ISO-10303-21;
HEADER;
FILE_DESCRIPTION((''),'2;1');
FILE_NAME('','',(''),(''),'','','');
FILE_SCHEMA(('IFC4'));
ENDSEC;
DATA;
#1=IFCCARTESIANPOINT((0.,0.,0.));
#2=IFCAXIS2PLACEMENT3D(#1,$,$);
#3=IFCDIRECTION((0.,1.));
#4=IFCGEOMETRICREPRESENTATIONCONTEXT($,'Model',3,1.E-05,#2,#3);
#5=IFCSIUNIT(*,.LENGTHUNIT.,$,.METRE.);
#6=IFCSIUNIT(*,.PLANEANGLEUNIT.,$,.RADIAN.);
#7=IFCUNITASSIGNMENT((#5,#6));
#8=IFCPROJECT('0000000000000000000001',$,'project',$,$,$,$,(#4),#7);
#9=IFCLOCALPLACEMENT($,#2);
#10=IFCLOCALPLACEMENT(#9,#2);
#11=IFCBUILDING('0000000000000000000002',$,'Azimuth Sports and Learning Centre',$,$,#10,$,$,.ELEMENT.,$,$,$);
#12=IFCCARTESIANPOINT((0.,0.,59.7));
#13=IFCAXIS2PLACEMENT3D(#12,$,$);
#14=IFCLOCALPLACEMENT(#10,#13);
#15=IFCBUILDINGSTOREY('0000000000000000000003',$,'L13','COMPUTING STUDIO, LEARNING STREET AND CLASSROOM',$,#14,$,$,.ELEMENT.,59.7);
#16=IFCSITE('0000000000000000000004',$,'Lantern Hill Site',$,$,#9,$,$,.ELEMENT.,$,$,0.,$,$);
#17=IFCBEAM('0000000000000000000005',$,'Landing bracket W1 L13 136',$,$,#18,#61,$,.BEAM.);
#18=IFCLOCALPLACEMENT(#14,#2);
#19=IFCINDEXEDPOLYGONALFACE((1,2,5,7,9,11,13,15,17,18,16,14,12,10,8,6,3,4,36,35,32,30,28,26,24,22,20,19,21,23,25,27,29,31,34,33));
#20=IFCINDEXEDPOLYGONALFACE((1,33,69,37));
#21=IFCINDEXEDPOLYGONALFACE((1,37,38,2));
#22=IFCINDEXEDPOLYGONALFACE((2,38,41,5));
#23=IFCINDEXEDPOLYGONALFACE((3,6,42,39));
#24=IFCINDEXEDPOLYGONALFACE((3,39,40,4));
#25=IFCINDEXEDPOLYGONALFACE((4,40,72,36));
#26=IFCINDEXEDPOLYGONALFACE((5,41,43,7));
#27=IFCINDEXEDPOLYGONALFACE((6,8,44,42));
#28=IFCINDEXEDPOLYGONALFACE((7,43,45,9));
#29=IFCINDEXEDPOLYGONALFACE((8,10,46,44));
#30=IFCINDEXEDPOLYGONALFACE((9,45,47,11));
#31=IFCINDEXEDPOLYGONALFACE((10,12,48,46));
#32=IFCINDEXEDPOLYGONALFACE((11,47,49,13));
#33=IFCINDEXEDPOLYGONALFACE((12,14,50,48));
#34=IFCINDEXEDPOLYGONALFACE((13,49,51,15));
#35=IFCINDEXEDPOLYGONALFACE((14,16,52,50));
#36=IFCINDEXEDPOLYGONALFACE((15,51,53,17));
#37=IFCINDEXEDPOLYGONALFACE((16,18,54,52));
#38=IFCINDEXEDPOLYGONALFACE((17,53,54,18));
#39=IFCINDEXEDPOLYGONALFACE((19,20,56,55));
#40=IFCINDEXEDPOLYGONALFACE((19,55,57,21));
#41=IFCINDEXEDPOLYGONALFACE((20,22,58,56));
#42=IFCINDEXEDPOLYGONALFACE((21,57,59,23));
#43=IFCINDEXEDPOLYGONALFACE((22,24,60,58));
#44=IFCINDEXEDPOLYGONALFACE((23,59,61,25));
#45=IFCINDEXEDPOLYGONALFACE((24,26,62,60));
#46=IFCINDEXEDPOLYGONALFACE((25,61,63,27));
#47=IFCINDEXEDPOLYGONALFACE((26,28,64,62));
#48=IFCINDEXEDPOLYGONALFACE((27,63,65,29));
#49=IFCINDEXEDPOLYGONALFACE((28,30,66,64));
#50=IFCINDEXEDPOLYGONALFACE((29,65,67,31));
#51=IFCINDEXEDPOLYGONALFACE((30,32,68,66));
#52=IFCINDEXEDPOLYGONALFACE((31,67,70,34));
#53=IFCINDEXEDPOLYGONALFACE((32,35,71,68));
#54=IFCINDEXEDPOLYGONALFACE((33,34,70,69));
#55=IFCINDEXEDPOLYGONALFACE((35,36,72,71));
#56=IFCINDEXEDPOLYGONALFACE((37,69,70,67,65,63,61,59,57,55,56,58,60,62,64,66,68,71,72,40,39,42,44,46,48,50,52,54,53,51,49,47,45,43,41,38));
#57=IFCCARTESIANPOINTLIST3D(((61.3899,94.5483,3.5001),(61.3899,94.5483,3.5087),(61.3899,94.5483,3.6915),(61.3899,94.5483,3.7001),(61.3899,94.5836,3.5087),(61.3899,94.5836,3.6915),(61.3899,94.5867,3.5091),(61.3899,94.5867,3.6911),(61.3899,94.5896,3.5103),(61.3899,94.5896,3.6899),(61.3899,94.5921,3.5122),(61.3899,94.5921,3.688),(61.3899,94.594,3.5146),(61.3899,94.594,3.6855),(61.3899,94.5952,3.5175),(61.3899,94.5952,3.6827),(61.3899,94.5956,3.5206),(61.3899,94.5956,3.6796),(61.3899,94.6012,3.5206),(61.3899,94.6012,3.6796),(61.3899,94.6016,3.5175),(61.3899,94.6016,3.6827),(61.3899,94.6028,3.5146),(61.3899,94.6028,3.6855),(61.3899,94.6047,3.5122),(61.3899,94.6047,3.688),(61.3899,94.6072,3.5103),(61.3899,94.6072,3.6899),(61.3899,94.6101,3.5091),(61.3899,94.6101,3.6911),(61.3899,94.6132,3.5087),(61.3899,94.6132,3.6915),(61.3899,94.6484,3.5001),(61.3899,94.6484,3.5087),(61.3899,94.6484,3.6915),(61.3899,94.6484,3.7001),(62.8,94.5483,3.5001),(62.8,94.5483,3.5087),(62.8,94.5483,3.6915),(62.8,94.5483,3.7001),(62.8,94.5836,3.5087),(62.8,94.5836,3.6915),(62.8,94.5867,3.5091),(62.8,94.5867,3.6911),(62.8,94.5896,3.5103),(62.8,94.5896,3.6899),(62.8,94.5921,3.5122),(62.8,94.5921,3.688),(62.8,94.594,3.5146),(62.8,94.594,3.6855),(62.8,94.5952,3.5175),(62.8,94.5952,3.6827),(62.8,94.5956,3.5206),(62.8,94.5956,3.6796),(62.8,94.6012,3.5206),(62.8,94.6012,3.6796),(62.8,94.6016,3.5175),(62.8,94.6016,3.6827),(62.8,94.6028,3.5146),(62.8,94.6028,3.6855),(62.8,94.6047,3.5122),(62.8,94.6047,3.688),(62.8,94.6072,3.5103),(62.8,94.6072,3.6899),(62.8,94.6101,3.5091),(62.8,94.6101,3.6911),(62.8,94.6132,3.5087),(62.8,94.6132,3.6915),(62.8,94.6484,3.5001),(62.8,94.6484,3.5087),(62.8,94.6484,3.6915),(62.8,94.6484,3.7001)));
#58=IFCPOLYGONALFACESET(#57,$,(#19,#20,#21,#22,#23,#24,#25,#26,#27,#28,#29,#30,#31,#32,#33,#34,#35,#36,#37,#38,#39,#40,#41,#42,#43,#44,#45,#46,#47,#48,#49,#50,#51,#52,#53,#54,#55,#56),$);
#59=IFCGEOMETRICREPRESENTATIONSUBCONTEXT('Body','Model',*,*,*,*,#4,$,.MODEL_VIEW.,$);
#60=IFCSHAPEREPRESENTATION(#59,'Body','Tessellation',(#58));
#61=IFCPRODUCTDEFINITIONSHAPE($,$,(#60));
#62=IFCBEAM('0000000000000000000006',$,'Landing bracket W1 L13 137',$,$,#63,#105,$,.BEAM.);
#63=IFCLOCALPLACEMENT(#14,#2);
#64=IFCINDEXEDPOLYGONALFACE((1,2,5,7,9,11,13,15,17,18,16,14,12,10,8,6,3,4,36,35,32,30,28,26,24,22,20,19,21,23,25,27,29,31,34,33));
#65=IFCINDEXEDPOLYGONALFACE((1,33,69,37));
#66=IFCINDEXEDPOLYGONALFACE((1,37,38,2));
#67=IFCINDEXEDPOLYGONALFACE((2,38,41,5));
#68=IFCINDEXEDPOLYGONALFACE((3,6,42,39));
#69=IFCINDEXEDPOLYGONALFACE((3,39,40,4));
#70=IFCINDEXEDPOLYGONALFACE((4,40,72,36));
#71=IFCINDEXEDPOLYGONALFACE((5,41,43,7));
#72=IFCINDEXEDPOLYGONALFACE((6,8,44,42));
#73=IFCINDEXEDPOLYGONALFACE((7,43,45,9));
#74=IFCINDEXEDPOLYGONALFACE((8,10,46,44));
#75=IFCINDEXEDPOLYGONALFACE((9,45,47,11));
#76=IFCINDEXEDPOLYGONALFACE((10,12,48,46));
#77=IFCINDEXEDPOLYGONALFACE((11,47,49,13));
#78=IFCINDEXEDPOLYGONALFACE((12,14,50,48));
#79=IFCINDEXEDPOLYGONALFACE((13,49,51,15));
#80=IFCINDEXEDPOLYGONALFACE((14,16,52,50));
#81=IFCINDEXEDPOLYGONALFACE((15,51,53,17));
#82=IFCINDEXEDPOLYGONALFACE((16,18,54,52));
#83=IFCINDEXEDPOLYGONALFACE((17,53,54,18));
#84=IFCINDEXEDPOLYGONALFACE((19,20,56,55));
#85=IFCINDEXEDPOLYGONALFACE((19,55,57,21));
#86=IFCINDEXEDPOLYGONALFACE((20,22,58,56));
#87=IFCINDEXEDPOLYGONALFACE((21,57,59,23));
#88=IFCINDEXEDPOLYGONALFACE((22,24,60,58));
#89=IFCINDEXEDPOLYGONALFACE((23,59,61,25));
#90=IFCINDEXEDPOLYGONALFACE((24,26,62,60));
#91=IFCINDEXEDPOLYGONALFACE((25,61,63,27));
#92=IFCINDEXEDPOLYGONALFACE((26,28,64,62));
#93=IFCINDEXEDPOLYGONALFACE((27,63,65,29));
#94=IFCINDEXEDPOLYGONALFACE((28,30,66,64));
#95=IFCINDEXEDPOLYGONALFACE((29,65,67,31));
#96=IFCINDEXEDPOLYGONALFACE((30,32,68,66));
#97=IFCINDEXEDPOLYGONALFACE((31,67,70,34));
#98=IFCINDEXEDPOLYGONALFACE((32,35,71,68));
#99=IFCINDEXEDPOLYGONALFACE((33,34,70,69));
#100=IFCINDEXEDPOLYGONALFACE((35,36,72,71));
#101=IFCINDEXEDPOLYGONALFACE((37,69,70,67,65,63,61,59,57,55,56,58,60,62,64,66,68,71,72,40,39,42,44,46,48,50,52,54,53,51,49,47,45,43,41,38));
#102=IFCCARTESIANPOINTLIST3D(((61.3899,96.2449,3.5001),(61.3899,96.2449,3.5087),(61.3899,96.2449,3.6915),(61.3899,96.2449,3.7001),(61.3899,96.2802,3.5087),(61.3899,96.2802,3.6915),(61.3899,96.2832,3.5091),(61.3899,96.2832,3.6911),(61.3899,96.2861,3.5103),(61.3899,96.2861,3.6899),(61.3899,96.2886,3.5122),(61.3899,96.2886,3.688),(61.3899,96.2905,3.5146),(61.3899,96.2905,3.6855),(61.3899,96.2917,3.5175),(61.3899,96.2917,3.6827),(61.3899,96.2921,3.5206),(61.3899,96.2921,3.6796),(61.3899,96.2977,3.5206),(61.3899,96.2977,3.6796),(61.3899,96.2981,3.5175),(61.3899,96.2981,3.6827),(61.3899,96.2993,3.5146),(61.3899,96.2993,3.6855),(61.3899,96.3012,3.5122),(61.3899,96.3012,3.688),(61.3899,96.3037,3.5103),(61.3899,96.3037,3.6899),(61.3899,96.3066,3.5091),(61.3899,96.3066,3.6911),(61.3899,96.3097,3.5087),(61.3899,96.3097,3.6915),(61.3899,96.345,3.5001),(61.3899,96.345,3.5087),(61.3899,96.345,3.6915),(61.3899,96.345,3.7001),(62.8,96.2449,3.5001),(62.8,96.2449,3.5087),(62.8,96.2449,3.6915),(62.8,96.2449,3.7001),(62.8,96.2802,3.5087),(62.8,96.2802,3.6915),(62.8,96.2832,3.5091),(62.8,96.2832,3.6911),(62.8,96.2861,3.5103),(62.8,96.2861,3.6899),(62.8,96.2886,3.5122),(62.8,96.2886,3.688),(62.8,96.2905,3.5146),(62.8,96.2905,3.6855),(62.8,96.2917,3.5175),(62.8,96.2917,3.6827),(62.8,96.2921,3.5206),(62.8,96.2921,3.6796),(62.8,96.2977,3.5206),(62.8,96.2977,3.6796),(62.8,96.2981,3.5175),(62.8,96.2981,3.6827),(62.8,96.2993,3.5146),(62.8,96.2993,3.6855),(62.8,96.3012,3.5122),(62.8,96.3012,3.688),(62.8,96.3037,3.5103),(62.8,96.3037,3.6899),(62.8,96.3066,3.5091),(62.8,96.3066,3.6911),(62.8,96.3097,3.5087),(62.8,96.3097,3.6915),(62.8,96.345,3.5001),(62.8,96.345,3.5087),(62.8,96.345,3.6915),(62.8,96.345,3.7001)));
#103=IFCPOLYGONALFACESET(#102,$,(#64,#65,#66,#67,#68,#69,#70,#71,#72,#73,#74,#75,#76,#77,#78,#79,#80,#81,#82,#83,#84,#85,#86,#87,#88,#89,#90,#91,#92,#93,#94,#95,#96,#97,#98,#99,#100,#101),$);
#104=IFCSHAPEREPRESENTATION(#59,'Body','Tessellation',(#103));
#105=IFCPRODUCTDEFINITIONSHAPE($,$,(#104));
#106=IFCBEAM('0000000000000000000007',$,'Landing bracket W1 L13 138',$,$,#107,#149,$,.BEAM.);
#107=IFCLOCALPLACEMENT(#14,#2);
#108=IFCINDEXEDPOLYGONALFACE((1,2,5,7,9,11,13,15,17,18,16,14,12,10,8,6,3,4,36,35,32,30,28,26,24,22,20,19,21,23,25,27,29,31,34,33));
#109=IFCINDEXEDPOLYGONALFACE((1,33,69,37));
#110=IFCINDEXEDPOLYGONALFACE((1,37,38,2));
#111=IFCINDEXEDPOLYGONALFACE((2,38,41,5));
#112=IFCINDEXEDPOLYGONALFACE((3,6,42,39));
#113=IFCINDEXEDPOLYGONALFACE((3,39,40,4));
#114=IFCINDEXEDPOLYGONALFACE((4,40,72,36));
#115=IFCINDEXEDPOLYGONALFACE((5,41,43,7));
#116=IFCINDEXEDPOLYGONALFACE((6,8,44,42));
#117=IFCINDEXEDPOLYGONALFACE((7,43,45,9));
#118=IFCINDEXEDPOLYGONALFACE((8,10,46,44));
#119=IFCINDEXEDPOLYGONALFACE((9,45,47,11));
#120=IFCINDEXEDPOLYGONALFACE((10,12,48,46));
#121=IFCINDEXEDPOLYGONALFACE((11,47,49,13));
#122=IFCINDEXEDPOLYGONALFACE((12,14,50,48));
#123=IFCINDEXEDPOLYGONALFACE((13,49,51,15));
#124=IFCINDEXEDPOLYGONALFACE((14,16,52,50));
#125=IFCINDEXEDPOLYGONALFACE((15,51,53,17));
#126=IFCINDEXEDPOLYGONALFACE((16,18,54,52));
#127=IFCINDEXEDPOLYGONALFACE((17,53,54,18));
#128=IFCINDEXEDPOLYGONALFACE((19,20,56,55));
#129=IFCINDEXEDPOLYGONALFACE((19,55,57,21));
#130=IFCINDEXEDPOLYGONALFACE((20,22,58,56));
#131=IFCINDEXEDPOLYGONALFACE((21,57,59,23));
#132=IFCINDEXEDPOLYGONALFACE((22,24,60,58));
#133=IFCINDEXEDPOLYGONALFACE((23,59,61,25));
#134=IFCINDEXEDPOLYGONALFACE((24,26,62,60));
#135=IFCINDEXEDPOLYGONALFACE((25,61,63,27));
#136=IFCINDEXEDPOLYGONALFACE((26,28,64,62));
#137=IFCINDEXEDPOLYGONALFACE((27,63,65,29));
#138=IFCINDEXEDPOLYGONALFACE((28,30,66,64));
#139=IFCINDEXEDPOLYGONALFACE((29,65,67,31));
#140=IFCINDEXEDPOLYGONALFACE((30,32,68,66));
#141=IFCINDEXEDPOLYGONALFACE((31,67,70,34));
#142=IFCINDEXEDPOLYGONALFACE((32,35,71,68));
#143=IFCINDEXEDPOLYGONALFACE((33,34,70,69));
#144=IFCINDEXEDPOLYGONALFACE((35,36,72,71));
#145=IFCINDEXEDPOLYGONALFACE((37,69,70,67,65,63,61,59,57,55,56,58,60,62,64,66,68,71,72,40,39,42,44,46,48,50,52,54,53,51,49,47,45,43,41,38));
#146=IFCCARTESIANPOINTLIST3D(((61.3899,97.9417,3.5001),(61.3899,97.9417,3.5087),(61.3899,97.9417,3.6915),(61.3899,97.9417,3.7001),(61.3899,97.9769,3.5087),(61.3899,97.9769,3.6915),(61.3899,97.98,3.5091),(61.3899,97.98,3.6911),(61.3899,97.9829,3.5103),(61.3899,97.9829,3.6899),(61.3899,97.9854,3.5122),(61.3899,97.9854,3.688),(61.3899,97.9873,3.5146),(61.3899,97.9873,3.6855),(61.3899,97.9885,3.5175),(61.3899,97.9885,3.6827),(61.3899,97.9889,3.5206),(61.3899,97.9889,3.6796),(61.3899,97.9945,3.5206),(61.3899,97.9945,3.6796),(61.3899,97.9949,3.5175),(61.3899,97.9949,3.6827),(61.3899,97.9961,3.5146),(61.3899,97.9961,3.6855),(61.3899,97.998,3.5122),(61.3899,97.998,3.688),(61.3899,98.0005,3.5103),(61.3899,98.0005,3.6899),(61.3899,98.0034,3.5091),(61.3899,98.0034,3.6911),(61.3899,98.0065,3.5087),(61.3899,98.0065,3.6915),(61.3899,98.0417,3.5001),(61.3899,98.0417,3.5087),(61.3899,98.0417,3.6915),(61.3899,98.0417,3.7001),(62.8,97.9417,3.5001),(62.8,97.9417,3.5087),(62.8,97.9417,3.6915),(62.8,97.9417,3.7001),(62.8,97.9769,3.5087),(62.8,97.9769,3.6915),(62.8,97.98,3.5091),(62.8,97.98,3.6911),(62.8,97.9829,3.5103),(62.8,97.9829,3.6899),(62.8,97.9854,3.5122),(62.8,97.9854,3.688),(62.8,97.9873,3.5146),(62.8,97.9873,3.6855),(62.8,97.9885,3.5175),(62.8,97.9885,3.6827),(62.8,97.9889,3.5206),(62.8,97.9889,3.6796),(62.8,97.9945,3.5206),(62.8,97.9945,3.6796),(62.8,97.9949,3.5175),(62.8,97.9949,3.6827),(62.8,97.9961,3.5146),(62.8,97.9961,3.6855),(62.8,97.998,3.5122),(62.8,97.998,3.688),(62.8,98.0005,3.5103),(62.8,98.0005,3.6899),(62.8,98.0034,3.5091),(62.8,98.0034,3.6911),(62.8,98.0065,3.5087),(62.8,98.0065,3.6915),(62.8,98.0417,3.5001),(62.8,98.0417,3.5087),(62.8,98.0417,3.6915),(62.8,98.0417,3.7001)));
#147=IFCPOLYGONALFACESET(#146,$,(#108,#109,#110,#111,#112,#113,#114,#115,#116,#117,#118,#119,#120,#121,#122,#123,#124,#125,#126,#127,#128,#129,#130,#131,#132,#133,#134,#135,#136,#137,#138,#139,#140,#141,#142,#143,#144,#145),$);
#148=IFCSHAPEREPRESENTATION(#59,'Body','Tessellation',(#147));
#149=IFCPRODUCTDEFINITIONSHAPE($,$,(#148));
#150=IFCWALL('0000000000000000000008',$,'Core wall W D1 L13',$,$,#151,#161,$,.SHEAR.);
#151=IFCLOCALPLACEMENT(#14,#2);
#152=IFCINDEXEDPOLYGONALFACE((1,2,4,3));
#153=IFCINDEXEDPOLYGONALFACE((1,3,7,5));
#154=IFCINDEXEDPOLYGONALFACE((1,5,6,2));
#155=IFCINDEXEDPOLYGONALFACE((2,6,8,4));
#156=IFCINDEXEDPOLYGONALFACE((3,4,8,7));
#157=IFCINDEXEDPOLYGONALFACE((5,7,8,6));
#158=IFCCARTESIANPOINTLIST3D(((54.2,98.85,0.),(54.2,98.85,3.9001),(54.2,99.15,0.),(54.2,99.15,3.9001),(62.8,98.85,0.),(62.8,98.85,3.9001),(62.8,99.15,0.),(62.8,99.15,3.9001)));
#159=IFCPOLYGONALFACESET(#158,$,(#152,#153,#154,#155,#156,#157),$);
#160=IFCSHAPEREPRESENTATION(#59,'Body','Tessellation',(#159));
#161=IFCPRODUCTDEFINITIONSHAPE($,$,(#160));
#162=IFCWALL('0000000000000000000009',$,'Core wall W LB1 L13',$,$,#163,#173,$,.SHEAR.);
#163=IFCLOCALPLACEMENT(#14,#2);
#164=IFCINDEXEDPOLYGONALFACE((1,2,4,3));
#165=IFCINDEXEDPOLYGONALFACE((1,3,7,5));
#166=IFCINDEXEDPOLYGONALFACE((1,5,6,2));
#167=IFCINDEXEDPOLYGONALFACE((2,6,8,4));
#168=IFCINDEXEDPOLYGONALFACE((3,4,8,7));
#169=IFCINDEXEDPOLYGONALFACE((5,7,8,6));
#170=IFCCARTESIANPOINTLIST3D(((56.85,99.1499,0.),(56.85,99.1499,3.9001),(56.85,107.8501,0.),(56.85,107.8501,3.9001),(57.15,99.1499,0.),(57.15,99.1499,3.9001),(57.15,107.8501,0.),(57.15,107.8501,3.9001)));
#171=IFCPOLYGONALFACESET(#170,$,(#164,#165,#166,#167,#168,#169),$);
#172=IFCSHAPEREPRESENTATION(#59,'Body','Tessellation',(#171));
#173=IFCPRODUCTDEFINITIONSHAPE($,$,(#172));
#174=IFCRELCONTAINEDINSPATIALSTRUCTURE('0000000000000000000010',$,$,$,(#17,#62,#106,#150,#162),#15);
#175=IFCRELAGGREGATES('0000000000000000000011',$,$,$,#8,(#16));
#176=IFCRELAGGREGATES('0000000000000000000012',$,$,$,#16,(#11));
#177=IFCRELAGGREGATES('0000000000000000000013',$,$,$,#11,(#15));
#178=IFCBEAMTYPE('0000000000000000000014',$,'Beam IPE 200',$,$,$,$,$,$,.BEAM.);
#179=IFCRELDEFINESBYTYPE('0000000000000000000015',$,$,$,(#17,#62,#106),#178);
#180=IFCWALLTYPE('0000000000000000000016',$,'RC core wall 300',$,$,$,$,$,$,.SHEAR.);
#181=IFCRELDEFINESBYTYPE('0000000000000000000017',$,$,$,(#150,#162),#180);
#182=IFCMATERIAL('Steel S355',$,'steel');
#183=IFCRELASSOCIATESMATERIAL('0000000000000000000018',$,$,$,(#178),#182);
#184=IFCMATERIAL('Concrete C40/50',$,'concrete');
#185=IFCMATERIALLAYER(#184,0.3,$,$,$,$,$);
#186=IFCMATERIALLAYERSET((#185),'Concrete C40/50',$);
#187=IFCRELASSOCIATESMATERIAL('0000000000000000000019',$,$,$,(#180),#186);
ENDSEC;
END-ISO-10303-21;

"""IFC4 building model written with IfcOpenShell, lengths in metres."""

from ifc_helpers import new_model, si_unit, direction, frame, frame_2d, origin, origin_2d, place, context, subcontext, project, spatial, rectangle, i_section, extrude, material, layer, layer_set, material_profile, profile_set, type_object, element, save


model = new_model("IFC4")

# Units and contexts
model_context = context("Model", 3, precision=1e-05, world=origin(), true_north=direction((0.0, 1.0)))
body_context = subcontext(model_context, "Body", "Model", "MODEL_VIEW")
ifc_project = project(units=[si_unit("LENGTHUNIT", "METRE"), si_unit("PLANEANGLEUNIT", "RADIAN")], contexts=[model_context])

# Site, building, storey
site_placement = place(None, origin())
site = spatial("IfcSite", under=ifc_project, at=site_placement, Name="Lantern Hill Site", CompositionType="ELEMENT", RefElevation=0.0)
building_placement = place(site_placement, origin())
building = spatial("IfcBuilding", under=site, at=building_placement, Name="Azimuth Sports and Learning Centre", CompositionType="ELEMENT")
storey_placement = place(building_placement, frame((0.0, 0.0, 59.7)))
storey = spatial("IfcBuildingStorey", under=building, at=storey_placement, Name="L13", Description="COMPUTING STUDIO, LEARNING STREET AND CLASSROOM", CompositionType="ELEMENT", Elevation=59.7)

# Beams
ifc_material_1 = material(Name="Steel S355", Category="steel")
ifc_material_profile = material_profile(ifc_material_1, i_section(OverallWidth=0.1001, OverallDepth=0.2, WebThickness=0.0056, FlangeThickness=0.0085, FilletRadius=0.012, at=origin_2d()), Name="IPE 200")
ifc_profile_set = profile_set([ifc_material_profile], Name="Steel S355")
beam_type = type_object("IfcBeamType", Name="Beam IPE 200", PredefinedType="BEAM", material=ifc_profile_set)
for number, where, z_axis, x_axis, name in (
    (1, (62.8, 94.5984, 3.6001), (-1.0, 0.0, 0.0), (0.0, -1.0, 0.0), "Landing bracket W1 L13 136"),
    (2, (62.8, 96.2949, 3.6001), (-1.0, 0.0, 0.0), (0.0, -1.0, 0.0), "Landing bracket W1 L13 137"),
    (3, (62.8, 97.9917, 3.6001), (-1.0, 0.0, 0.0), (0.0, -1.0, 0.0), "Landing bracket W1 L13 138"),
):
    element("IfcBeam", number, at=place(storey_placement, frame(where, z_axis=z_axis, x_axis=x_axis)), inside=storey, type_object=beam_type, Name=name, PredefinedType="BEAM", context=body_context, shape_type="SweptSolid", body=[
        extrude(i_section(OverallWidth=0.1001, OverallDepth=0.2, WebThickness=0.0056, FlangeThickness=0.0085, FilletRadius=0.012, at=origin_2d()), origin(), (0.0, 0.0, 1.0), 1.4102),
    ])

# Walls
ifc_material_2 = material(Name="Concrete C40/50", Category="concrete")
ifc_layer_1 = layer(ifc_material_2, 0.3)
ifc_layer_set_1 = layer_set([ifc_layer_1], Name="Concrete C40/50")
wall_type = type_object("IfcWallType", Name="RC core wall 300", PredefinedType="SHEAR", material=ifc_layer_set_1)
wall_1_placement = place(storey_placement, frame((54.2, 99.0, 0.0), z_axis=(0.0, 0.0, 1.0), x_axis=(1.0, 0.0, 0.0)))
element("IfcWall", 4, at=wall_1_placement, inside=storey, type_object=wall_type, Name="Core wall W D1 L13", PredefinedType="SHEAR", context=body_context, shape_type="SweptSolid", body=[
    extrude(rectangle(XDim=8.6001, YDim=0.3, at=frame_2d((4.3, 0.0))), origin(), (0.0, 0.0, 1.0), 3.9001),
])
wall_2_placement = place(storey_placement, frame((57.0, 99.1499, 0.0), z_axis=(0.0, 0.0, 1.0), x_axis=(0.0, 1.0, 0.0)))
element("IfcWall", 5, at=wall_2_placement, inside=storey, type_object=wall_type, Name="Core wall W LB1 L13", PredefinedType="SHEAR", context=body_context, shape_type="SweptSolid", body=[
    extrude(rectangle(XDim=8.7002, YDim=0.3, at=frame_2d((4.3501, 0.0))), origin(), (0.0, 0.0, 1.0), 3.9001),
])

save(model, "model.ifc")
